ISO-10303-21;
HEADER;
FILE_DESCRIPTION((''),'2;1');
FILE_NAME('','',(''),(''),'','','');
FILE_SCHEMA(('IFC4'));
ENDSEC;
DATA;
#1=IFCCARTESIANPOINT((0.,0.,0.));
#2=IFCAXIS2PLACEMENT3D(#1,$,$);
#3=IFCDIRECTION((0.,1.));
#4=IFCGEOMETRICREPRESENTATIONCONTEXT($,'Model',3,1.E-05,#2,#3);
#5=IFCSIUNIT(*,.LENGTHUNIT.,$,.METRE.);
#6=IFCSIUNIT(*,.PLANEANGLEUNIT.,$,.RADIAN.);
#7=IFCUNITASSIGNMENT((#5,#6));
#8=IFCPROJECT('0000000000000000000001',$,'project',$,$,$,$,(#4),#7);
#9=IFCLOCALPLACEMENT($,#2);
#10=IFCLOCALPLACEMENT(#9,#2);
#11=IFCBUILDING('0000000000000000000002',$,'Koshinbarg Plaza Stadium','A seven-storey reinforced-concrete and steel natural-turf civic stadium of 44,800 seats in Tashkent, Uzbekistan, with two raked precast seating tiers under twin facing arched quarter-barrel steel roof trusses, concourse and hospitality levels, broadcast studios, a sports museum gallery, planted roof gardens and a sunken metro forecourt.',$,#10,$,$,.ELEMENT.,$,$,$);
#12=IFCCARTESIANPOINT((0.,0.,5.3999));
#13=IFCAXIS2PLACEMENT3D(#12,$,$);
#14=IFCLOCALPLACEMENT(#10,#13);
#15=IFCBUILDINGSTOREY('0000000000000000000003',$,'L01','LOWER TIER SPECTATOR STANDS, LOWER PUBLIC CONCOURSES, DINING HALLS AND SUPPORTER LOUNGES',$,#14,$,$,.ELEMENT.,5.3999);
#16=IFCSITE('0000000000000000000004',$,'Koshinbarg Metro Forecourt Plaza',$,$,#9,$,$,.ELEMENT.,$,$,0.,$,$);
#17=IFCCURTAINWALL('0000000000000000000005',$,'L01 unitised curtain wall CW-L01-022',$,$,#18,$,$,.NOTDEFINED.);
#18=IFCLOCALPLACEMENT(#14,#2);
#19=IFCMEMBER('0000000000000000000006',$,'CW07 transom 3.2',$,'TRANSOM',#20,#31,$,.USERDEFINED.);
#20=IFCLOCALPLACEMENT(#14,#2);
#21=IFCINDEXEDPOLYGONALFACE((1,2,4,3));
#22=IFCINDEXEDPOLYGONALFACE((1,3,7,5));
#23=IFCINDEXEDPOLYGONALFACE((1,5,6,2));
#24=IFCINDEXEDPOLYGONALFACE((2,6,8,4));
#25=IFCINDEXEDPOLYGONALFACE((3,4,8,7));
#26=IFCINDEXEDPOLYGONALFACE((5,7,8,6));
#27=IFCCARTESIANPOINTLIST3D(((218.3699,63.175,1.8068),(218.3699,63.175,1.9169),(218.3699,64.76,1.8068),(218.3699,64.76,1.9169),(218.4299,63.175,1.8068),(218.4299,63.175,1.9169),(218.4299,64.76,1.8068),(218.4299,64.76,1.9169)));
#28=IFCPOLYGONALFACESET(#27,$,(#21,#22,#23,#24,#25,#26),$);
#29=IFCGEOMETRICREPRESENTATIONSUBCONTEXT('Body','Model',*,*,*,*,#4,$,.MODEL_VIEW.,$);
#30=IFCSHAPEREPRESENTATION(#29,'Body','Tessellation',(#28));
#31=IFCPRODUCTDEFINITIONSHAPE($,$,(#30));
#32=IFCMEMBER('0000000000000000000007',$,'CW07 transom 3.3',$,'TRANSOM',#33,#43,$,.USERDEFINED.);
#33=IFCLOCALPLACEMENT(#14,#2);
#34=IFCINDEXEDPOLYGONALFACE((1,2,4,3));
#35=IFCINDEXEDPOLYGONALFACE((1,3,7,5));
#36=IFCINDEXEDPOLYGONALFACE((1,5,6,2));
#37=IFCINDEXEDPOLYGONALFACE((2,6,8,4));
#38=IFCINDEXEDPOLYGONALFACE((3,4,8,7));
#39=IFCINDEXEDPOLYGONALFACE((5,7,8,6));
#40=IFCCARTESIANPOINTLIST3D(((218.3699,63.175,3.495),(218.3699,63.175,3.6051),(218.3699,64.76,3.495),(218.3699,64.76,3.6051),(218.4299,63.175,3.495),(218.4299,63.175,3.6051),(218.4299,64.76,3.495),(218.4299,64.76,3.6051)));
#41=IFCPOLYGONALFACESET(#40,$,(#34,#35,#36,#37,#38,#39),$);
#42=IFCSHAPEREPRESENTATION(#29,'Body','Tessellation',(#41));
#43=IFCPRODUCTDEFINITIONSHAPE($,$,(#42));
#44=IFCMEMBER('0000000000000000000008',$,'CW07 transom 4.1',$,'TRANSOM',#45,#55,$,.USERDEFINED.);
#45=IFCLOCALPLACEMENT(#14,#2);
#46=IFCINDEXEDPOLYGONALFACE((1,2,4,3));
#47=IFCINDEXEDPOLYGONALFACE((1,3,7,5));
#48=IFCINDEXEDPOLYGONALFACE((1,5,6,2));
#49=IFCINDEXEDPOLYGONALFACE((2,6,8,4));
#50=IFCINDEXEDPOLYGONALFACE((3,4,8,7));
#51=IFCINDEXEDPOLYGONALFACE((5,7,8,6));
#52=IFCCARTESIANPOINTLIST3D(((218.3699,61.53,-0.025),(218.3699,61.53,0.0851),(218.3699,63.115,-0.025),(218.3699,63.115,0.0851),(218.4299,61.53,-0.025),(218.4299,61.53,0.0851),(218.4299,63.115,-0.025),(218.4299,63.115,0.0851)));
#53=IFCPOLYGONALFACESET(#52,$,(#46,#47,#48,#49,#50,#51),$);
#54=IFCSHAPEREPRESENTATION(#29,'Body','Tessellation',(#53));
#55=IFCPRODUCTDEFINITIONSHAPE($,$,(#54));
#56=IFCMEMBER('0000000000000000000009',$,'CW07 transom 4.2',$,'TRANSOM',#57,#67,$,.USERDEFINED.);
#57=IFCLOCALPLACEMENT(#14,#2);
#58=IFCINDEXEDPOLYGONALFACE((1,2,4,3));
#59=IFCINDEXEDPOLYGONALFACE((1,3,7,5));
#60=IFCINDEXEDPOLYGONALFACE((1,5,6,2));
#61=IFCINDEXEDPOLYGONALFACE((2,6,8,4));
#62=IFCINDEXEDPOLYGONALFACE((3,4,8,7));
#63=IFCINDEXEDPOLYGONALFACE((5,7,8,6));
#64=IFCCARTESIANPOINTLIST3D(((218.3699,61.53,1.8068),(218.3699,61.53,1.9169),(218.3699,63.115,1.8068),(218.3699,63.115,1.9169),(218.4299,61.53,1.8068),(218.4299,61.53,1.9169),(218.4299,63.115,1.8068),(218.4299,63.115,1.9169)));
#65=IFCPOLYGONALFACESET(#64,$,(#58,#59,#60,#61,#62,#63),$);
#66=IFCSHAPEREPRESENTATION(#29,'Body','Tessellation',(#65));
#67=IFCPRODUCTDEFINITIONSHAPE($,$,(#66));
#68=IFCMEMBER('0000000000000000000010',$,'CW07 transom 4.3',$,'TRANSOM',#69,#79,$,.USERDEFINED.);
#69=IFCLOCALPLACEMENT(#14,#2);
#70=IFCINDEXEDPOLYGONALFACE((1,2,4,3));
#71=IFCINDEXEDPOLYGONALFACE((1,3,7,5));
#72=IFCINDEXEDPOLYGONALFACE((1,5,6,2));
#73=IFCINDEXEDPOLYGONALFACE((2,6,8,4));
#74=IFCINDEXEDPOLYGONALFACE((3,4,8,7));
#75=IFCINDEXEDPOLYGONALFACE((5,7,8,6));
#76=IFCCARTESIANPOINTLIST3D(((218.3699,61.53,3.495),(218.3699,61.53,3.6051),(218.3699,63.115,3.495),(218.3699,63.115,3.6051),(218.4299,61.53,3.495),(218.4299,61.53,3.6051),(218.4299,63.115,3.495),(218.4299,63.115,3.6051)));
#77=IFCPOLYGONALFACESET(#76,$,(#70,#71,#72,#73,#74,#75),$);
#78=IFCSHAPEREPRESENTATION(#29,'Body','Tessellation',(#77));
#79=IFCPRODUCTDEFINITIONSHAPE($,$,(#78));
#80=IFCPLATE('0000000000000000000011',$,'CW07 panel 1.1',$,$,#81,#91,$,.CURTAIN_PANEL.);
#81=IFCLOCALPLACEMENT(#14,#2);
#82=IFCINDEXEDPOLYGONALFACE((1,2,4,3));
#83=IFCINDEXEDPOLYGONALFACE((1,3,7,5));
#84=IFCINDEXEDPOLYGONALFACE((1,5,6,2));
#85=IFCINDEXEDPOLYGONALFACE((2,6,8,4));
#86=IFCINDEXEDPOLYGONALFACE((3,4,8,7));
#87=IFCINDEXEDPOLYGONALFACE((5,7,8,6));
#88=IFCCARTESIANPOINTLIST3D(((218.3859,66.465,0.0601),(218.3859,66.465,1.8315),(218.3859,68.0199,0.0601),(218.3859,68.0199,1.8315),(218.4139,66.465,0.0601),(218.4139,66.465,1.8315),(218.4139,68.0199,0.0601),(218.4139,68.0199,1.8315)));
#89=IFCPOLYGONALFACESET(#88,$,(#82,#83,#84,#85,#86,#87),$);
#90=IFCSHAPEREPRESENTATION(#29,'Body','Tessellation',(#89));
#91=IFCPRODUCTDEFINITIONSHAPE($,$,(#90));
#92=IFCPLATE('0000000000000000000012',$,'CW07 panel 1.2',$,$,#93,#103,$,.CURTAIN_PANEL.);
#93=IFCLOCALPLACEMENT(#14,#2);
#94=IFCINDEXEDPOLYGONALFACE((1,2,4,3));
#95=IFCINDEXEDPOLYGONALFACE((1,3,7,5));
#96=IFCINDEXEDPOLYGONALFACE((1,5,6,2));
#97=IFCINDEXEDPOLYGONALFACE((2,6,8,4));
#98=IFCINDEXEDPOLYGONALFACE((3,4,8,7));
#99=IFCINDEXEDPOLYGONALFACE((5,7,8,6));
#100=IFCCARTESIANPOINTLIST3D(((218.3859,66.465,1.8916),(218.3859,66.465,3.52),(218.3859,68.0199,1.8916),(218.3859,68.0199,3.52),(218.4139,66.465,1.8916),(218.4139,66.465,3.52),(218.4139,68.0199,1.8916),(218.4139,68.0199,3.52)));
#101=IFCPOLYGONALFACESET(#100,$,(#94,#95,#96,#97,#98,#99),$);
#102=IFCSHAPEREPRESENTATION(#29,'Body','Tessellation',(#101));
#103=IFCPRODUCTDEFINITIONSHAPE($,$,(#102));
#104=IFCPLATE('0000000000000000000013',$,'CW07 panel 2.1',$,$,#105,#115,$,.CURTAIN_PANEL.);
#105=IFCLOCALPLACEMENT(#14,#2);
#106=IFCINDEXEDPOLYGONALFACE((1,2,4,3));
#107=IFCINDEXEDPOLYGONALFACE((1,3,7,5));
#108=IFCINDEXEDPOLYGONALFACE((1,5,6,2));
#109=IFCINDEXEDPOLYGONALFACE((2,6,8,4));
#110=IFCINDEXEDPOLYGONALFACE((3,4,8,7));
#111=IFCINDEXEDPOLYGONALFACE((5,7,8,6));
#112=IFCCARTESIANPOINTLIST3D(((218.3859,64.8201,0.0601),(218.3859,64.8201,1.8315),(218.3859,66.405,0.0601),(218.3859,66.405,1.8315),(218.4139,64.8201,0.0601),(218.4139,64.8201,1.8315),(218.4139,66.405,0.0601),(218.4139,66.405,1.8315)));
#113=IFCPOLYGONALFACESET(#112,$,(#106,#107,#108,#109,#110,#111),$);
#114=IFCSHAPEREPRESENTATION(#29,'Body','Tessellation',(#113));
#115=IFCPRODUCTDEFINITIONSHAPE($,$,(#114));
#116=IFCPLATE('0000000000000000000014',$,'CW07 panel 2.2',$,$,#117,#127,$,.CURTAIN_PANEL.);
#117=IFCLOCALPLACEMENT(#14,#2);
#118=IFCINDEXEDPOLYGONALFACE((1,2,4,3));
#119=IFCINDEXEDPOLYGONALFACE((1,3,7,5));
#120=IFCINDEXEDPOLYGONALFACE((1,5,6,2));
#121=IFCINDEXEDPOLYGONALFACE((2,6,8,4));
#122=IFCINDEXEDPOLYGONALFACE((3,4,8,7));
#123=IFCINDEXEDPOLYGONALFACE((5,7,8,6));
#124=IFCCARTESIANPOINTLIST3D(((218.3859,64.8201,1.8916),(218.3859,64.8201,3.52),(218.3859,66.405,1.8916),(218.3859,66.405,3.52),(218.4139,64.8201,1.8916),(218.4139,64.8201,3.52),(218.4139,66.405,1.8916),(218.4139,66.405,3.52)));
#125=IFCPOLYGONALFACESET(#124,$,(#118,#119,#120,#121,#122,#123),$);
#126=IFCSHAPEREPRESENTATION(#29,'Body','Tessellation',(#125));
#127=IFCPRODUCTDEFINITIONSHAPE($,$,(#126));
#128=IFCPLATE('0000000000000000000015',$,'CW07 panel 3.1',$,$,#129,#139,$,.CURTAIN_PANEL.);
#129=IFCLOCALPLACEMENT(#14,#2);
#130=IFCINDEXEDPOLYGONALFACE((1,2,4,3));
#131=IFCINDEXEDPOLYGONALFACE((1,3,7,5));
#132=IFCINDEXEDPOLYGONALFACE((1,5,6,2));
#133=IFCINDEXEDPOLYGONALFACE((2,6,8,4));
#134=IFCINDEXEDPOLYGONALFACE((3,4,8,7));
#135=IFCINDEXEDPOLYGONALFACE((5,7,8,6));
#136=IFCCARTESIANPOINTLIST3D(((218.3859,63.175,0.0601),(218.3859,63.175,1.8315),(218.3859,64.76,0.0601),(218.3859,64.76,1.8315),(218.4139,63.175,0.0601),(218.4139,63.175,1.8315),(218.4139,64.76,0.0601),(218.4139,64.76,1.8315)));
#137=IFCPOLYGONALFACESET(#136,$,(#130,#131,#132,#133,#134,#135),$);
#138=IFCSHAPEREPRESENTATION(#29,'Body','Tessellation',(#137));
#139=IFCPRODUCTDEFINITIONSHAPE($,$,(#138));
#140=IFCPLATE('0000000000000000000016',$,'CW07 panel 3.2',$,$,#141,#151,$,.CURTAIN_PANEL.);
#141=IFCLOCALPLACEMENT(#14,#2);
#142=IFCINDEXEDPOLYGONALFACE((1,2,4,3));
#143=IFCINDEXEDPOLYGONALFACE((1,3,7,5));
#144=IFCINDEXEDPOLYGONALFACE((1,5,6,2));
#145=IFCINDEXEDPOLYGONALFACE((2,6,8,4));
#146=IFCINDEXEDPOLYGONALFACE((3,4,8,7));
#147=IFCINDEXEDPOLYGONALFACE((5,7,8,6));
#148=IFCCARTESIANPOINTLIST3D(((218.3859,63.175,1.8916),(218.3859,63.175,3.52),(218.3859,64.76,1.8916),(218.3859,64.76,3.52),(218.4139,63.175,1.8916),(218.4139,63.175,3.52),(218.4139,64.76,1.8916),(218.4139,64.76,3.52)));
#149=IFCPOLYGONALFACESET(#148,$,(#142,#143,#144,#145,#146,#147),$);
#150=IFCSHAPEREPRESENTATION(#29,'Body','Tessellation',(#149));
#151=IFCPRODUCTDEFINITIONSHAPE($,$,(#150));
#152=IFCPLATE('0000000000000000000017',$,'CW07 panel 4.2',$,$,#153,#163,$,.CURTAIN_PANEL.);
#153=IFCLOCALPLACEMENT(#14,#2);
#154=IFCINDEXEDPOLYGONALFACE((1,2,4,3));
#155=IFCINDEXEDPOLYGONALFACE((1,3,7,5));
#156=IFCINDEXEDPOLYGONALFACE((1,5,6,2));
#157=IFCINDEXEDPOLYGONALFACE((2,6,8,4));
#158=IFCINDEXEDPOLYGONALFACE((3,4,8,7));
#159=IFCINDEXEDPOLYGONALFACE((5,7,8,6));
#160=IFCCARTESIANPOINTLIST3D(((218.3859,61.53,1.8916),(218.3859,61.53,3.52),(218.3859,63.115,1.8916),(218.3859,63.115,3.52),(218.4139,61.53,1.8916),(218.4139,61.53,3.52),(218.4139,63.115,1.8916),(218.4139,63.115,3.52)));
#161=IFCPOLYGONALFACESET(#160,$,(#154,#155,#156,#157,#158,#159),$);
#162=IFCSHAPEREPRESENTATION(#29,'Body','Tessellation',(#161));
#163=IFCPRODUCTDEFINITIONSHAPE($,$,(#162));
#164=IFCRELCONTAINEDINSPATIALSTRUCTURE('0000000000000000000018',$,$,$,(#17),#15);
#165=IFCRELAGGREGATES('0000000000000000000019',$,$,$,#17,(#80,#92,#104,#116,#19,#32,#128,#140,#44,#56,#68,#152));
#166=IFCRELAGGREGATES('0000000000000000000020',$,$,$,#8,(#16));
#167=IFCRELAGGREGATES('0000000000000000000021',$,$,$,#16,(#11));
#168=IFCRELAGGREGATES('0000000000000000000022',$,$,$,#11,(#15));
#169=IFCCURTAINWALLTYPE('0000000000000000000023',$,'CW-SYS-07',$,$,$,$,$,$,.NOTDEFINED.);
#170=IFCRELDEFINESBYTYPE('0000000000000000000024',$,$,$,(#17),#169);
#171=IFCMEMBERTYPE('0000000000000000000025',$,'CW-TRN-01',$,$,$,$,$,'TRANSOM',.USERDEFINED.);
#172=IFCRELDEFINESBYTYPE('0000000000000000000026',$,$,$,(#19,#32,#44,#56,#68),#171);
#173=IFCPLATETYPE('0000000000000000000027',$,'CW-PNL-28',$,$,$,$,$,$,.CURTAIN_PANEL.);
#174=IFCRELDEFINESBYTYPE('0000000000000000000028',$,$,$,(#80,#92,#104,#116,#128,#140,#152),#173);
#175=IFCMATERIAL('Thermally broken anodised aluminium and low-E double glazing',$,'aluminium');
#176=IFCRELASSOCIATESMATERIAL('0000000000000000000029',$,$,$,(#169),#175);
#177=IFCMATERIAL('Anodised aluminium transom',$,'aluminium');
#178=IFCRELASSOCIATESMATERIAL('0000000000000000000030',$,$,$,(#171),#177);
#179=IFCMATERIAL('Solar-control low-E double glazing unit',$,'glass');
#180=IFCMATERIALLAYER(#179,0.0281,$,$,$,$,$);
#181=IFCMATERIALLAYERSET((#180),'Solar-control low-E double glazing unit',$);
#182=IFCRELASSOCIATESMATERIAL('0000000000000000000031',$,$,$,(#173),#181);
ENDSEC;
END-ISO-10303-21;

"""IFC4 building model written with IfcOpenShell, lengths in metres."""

from ifc_helpers import new_model, si_unit, direction, frame, origin, origin_2d, place, context, subcontext, project, spatial, rectangle, extrude, material, layer, layer_set, material_profile, profile_set, type_object, element, aggregate, save


model = new_model("IFC4")

# Units and contexts
model_context = context("Model", 3, precision=1e-05, world=origin(), true_north=direction((0.0, 1.0)))
body_context = subcontext(model_context, "Body", "Model", "MODEL_VIEW")
ifc_project = project(units=[si_unit("LENGTHUNIT", "METRE"), si_unit("PLANEANGLEUNIT", "RADIAN")], contexts=[model_context])

# Site, building, storey
site_placement = place(None, origin())
site = spatial("IfcSite", under=ifc_project, at=site_placement, Name="Koshinbarg Metro Forecourt Plaza", CompositionType="ELEMENT", RefElevation=0.0)
building_placement = place(site_placement, origin())
building = spatial("IfcBuilding", under=site, at=building_placement, Name="Koshinbarg Plaza Stadium", Description="A seven-storey reinforced-concrete and steel natural-turf civic stadium of 44,800 seats in Tashkent, Uzbekistan, with two raked precast seating tiers under twin facing arched quarter-barrel steel roof trusses, concourse and hospitality levels, broadcast studios, a sports museum gallery, planted roof gardens and a sunken metro forecourt.", CompositionType="ELEMENT")
storey_placement = place(building_placement, frame((0.0, 0.0, 5.3999)))
storey = spatial("IfcBuildingStorey", under=building, at=storey_placement, Name="L01", Description="LOWER TIER SPECTATOR STANDS, LOWER PUBLIC CONCOURSES, DINING HALLS AND SUPPORTER LOUNGES", CompositionType="ELEMENT", Elevation=5.3999)

# Curtain wall, members, plates
ifc_material_1 = material(Name="Thermally broken anodised aluminium and low-E double glazing", Category="aluminium")
curtain_wall_type = type_object("IfcCurtainWallType", Name="CW-SYS-07", PredefinedType="NOTDEFINED", material=ifc_material_1)
curtain_wall_placement = place(storey_placement, origin())
curtain_wall = element("IfcCurtainWall", 1, at=curtain_wall_placement, inside=storey, type_object=curtain_wall_type, Name="L01 unitised curtain wall CW-L01-022", PredefinedType="NOTDEFINED")
ifc_material_2 = material(Name="Anodised aluminium transom", Category="aluminium")
ifc_material_profile_1 = material_profile(ifc_material_2, rectangle(XDim=0.0601, YDim=0.1101, at=origin_2d()), Name="ALU 60x110")
ifc_profile_set_1 = profile_set([ifc_material_profile_1], Name="Anodised aluminium transom")
member_type_1 = type_object("IfcMemberType", Name="CW-TRN-01", ElementType="TRANSOM", PredefinedType="USERDEFINED", material=ifc_profile_set_1)
member_1_placement = place(storey_placement, frame((218.3999, 64.76, 1.8618), z_axis=(0.0, -1.0, 0.0), x_axis=(1.0, 0.0, 0.0)))
member_1 = element("IfcMember", 2, at=member_1_placement, type_object=member_type_1, Name="CW07 transom 3.2", ObjectType="TRANSOM", PredefinedType="USERDEFINED", context=body_context, shape_type="SweptSolid", body=[
    extrude(rectangle(XDim=0.0601, YDim=0.1101, at=origin_2d()), origin(), (0.0, 0.0, 1.0), 1.585),
])
member_2_placement = place(storey_placement, frame((218.3999, 64.76, 3.55), z_axis=(0.0, -1.0, 0.0), x_axis=(1.0, 0.0, 0.0)))
member_2 = element("IfcMember", 3, at=member_2_placement, type_object=member_type_1, Name="CW07 transom 3.3", ObjectType="TRANSOM", PredefinedType="USERDEFINED", context=body_context, shape_type="SweptSolid", body=[
    extrude(rectangle(XDim=0.0601, YDim=0.1101, at=origin_2d()), origin(), (0.0, 0.0, 1.0), 1.585),
])
member_3_placement = place(storey_placement, frame((218.3999, 63.115, 0.03), z_axis=(0.0, -1.0, 0.0), x_axis=(1.0, 0.0, 0.0)))
member_3 = element("IfcMember", 4, at=member_3_placement, type_object=member_type_1, Name="CW07 transom 4.1", ObjectType="TRANSOM", PredefinedType="USERDEFINED", context=body_context, shape_type="SweptSolid", body=[
    extrude(rectangle(XDim=0.0601, YDim=0.1101, at=origin_2d()), origin(), (0.0, 0.0, 1.0), 1.585),
])
member_4_placement = place(storey_placement, frame((218.3999, 63.115, 1.8618), z_axis=(0.0, -1.0, 0.0), x_axis=(1.0, 0.0, 0.0)))
member_4 = element("IfcMember", 5, at=member_4_placement, type_object=member_type_1, Name="CW07 transom 4.2", ObjectType="TRANSOM", PredefinedType="USERDEFINED", context=body_context, shape_type="SweptSolid", body=[
    extrude(rectangle(XDim=0.0601, YDim=0.1101, at=origin_2d()), origin(), (0.0, 0.0, 1.0), 1.585),
])
member_5_placement = place(storey_placement, frame((218.3999, 63.115, 3.55), z_axis=(0.0, -1.0, 0.0), x_axis=(1.0, 0.0, 0.0)))
member_5 = element("IfcMember", 6, at=member_5_placement, type_object=member_type_1, Name="CW07 transom 4.3", ObjectType="TRANSOM", PredefinedType="USERDEFINED", context=body_context, shape_type="SweptSolid", body=[
    extrude(rectangle(XDim=0.0601, YDim=0.1101, at=origin_2d()), origin(), (0.0, 0.0, 1.0), 1.585),
])
ifc_material_3 = material(Name="Solar-control low-E double glazing unit", Category="glass")
ifc_layer = layer(ifc_material_3, 0.0281)
ifc_layer_set = layer_set([ifc_layer], Name="Solar-control low-E double glazing unit")
plate_type = type_object("IfcPlateType", Name="CW-PNL-28", PredefinedType="CURTAIN_PANEL", material=ifc_layer_set)
plate_1_placement = place(storey_placement, frame((218.3999, 67.2424, 0.0601), z_axis=(0.0, 0.0, 1.0), x_axis=(0.0, -1.0, 0.0)))
plate_1 = element("IfcPlate", 7, at=plate_1_placement, type_object=plate_type, Name="CW07 panel 1.1", PredefinedType="CURTAIN_PANEL", context=body_context, shape_type="SweptSolid", body=[
    extrude(rectangle(XDim=1.5549, YDim=0.0281, at=origin_2d()), origin(), (0.0, 0.0, 1.0), 1.7715),
])
plate_2_placement = place(storey_placement, frame((218.3999, 67.2424, 1.8916), z_axis=(0.0, 0.0, 1.0), x_axis=(0.0, -1.0, 0.0)))
plate_2 = element("IfcPlate", 8, at=plate_2_placement, type_object=plate_type, Name="CW07 panel 1.2", PredefinedType="CURTAIN_PANEL", context=body_context, shape_type="SweptSolid", body=[
    extrude(rectangle(XDim=1.5549, YDim=0.0281, at=origin_2d()), origin(), (0.0, 0.0, 1.0), 1.6284),
])
plate_3_placement = place(storey_placement, frame((218.3999, 65.6125, 0.0601), z_axis=(0.0, 0.0, 1.0), x_axis=(0.0, -1.0, 0.0)))
plate_3 = element("IfcPlate", 9, at=plate_3_placement, type_object=plate_type, Name="CW07 panel 2.1", PredefinedType="CURTAIN_PANEL", context=body_context, shape_type="SweptSolid", body=[
    extrude(rectangle(XDim=1.585, YDim=0.0281, at=origin_2d()), origin(), (0.0, 0.0, 1.0), 1.7715),
])
plate_4_placement = place(storey_placement, frame((218.3999, 65.6125, 1.8916), z_axis=(0.0, 0.0, 1.0), x_axis=(0.0, -1.0, 0.0)))
plate_4 = element("IfcPlate", 10, at=plate_4_placement, type_object=plate_type, Name="CW07 panel 2.2", PredefinedType="CURTAIN_PANEL", context=body_context, shape_type="SweptSolid", body=[
    extrude(rectangle(XDim=1.585, YDim=0.0281, at=origin_2d()), origin(), (0.0, 0.0, 1.0), 1.6284),
])
plate_5_placement = place(storey_placement, frame((218.3999, 63.9675, 0.0601), z_axis=(0.0, 0.0, 1.0), x_axis=(0.0, -1.0, 0.0)))
plate_5 = element("IfcPlate", 11, at=plate_5_placement, type_object=plate_type, Name="CW07 panel 3.1", PredefinedType="CURTAIN_PANEL", context=body_context, shape_type="SweptSolid", body=[
    extrude(rectangle(XDim=1.585, YDim=0.0281, at=origin_2d()), origin(), (0.0, 0.0, 1.0), 1.7715),
])
plate_6_placement = place(storey_placement, frame((218.3999, 63.9675, 1.8916), z_axis=(0.0, 0.0, 1.0), x_axis=(0.0, -1.0, 0.0)))
plate_6 = element("IfcPlate", 12, at=plate_6_placement, type_object=plate_type, Name="CW07 panel 3.2", PredefinedType="CURTAIN_PANEL", context=body_context, shape_type="SweptSolid", body=[
    extrude(rectangle(XDim=1.585, YDim=0.0281, at=origin_2d()), origin(), (0.0, 0.0, 1.0), 1.6284),
])
plate_7_placement = place(storey_placement, frame((218.3999, 62.3225, 1.8916), z_axis=(0.0, 0.0, 1.0), x_axis=(0.0, -1.0, 0.0)))
plate_7 = element("IfcPlate", 13, at=plate_7_placement, type_object=plate_type, Name="CW07 panel 4.2", PredefinedType="CURTAIN_PANEL", context=body_context, shape_type="SweptSolid", body=[
    extrude(rectangle(XDim=1.585, YDim=0.0281, at=origin_2d()), origin(), (0.0, 0.0, 1.0), 1.6284),
])
aggregate(curtain_wall, [plate_1, plate_2, plate_3, plate_4, member_1, member_2, plate_5, plate_6, member_3, member_4, member_5, plate_7])

save(model, "model.ifc")
